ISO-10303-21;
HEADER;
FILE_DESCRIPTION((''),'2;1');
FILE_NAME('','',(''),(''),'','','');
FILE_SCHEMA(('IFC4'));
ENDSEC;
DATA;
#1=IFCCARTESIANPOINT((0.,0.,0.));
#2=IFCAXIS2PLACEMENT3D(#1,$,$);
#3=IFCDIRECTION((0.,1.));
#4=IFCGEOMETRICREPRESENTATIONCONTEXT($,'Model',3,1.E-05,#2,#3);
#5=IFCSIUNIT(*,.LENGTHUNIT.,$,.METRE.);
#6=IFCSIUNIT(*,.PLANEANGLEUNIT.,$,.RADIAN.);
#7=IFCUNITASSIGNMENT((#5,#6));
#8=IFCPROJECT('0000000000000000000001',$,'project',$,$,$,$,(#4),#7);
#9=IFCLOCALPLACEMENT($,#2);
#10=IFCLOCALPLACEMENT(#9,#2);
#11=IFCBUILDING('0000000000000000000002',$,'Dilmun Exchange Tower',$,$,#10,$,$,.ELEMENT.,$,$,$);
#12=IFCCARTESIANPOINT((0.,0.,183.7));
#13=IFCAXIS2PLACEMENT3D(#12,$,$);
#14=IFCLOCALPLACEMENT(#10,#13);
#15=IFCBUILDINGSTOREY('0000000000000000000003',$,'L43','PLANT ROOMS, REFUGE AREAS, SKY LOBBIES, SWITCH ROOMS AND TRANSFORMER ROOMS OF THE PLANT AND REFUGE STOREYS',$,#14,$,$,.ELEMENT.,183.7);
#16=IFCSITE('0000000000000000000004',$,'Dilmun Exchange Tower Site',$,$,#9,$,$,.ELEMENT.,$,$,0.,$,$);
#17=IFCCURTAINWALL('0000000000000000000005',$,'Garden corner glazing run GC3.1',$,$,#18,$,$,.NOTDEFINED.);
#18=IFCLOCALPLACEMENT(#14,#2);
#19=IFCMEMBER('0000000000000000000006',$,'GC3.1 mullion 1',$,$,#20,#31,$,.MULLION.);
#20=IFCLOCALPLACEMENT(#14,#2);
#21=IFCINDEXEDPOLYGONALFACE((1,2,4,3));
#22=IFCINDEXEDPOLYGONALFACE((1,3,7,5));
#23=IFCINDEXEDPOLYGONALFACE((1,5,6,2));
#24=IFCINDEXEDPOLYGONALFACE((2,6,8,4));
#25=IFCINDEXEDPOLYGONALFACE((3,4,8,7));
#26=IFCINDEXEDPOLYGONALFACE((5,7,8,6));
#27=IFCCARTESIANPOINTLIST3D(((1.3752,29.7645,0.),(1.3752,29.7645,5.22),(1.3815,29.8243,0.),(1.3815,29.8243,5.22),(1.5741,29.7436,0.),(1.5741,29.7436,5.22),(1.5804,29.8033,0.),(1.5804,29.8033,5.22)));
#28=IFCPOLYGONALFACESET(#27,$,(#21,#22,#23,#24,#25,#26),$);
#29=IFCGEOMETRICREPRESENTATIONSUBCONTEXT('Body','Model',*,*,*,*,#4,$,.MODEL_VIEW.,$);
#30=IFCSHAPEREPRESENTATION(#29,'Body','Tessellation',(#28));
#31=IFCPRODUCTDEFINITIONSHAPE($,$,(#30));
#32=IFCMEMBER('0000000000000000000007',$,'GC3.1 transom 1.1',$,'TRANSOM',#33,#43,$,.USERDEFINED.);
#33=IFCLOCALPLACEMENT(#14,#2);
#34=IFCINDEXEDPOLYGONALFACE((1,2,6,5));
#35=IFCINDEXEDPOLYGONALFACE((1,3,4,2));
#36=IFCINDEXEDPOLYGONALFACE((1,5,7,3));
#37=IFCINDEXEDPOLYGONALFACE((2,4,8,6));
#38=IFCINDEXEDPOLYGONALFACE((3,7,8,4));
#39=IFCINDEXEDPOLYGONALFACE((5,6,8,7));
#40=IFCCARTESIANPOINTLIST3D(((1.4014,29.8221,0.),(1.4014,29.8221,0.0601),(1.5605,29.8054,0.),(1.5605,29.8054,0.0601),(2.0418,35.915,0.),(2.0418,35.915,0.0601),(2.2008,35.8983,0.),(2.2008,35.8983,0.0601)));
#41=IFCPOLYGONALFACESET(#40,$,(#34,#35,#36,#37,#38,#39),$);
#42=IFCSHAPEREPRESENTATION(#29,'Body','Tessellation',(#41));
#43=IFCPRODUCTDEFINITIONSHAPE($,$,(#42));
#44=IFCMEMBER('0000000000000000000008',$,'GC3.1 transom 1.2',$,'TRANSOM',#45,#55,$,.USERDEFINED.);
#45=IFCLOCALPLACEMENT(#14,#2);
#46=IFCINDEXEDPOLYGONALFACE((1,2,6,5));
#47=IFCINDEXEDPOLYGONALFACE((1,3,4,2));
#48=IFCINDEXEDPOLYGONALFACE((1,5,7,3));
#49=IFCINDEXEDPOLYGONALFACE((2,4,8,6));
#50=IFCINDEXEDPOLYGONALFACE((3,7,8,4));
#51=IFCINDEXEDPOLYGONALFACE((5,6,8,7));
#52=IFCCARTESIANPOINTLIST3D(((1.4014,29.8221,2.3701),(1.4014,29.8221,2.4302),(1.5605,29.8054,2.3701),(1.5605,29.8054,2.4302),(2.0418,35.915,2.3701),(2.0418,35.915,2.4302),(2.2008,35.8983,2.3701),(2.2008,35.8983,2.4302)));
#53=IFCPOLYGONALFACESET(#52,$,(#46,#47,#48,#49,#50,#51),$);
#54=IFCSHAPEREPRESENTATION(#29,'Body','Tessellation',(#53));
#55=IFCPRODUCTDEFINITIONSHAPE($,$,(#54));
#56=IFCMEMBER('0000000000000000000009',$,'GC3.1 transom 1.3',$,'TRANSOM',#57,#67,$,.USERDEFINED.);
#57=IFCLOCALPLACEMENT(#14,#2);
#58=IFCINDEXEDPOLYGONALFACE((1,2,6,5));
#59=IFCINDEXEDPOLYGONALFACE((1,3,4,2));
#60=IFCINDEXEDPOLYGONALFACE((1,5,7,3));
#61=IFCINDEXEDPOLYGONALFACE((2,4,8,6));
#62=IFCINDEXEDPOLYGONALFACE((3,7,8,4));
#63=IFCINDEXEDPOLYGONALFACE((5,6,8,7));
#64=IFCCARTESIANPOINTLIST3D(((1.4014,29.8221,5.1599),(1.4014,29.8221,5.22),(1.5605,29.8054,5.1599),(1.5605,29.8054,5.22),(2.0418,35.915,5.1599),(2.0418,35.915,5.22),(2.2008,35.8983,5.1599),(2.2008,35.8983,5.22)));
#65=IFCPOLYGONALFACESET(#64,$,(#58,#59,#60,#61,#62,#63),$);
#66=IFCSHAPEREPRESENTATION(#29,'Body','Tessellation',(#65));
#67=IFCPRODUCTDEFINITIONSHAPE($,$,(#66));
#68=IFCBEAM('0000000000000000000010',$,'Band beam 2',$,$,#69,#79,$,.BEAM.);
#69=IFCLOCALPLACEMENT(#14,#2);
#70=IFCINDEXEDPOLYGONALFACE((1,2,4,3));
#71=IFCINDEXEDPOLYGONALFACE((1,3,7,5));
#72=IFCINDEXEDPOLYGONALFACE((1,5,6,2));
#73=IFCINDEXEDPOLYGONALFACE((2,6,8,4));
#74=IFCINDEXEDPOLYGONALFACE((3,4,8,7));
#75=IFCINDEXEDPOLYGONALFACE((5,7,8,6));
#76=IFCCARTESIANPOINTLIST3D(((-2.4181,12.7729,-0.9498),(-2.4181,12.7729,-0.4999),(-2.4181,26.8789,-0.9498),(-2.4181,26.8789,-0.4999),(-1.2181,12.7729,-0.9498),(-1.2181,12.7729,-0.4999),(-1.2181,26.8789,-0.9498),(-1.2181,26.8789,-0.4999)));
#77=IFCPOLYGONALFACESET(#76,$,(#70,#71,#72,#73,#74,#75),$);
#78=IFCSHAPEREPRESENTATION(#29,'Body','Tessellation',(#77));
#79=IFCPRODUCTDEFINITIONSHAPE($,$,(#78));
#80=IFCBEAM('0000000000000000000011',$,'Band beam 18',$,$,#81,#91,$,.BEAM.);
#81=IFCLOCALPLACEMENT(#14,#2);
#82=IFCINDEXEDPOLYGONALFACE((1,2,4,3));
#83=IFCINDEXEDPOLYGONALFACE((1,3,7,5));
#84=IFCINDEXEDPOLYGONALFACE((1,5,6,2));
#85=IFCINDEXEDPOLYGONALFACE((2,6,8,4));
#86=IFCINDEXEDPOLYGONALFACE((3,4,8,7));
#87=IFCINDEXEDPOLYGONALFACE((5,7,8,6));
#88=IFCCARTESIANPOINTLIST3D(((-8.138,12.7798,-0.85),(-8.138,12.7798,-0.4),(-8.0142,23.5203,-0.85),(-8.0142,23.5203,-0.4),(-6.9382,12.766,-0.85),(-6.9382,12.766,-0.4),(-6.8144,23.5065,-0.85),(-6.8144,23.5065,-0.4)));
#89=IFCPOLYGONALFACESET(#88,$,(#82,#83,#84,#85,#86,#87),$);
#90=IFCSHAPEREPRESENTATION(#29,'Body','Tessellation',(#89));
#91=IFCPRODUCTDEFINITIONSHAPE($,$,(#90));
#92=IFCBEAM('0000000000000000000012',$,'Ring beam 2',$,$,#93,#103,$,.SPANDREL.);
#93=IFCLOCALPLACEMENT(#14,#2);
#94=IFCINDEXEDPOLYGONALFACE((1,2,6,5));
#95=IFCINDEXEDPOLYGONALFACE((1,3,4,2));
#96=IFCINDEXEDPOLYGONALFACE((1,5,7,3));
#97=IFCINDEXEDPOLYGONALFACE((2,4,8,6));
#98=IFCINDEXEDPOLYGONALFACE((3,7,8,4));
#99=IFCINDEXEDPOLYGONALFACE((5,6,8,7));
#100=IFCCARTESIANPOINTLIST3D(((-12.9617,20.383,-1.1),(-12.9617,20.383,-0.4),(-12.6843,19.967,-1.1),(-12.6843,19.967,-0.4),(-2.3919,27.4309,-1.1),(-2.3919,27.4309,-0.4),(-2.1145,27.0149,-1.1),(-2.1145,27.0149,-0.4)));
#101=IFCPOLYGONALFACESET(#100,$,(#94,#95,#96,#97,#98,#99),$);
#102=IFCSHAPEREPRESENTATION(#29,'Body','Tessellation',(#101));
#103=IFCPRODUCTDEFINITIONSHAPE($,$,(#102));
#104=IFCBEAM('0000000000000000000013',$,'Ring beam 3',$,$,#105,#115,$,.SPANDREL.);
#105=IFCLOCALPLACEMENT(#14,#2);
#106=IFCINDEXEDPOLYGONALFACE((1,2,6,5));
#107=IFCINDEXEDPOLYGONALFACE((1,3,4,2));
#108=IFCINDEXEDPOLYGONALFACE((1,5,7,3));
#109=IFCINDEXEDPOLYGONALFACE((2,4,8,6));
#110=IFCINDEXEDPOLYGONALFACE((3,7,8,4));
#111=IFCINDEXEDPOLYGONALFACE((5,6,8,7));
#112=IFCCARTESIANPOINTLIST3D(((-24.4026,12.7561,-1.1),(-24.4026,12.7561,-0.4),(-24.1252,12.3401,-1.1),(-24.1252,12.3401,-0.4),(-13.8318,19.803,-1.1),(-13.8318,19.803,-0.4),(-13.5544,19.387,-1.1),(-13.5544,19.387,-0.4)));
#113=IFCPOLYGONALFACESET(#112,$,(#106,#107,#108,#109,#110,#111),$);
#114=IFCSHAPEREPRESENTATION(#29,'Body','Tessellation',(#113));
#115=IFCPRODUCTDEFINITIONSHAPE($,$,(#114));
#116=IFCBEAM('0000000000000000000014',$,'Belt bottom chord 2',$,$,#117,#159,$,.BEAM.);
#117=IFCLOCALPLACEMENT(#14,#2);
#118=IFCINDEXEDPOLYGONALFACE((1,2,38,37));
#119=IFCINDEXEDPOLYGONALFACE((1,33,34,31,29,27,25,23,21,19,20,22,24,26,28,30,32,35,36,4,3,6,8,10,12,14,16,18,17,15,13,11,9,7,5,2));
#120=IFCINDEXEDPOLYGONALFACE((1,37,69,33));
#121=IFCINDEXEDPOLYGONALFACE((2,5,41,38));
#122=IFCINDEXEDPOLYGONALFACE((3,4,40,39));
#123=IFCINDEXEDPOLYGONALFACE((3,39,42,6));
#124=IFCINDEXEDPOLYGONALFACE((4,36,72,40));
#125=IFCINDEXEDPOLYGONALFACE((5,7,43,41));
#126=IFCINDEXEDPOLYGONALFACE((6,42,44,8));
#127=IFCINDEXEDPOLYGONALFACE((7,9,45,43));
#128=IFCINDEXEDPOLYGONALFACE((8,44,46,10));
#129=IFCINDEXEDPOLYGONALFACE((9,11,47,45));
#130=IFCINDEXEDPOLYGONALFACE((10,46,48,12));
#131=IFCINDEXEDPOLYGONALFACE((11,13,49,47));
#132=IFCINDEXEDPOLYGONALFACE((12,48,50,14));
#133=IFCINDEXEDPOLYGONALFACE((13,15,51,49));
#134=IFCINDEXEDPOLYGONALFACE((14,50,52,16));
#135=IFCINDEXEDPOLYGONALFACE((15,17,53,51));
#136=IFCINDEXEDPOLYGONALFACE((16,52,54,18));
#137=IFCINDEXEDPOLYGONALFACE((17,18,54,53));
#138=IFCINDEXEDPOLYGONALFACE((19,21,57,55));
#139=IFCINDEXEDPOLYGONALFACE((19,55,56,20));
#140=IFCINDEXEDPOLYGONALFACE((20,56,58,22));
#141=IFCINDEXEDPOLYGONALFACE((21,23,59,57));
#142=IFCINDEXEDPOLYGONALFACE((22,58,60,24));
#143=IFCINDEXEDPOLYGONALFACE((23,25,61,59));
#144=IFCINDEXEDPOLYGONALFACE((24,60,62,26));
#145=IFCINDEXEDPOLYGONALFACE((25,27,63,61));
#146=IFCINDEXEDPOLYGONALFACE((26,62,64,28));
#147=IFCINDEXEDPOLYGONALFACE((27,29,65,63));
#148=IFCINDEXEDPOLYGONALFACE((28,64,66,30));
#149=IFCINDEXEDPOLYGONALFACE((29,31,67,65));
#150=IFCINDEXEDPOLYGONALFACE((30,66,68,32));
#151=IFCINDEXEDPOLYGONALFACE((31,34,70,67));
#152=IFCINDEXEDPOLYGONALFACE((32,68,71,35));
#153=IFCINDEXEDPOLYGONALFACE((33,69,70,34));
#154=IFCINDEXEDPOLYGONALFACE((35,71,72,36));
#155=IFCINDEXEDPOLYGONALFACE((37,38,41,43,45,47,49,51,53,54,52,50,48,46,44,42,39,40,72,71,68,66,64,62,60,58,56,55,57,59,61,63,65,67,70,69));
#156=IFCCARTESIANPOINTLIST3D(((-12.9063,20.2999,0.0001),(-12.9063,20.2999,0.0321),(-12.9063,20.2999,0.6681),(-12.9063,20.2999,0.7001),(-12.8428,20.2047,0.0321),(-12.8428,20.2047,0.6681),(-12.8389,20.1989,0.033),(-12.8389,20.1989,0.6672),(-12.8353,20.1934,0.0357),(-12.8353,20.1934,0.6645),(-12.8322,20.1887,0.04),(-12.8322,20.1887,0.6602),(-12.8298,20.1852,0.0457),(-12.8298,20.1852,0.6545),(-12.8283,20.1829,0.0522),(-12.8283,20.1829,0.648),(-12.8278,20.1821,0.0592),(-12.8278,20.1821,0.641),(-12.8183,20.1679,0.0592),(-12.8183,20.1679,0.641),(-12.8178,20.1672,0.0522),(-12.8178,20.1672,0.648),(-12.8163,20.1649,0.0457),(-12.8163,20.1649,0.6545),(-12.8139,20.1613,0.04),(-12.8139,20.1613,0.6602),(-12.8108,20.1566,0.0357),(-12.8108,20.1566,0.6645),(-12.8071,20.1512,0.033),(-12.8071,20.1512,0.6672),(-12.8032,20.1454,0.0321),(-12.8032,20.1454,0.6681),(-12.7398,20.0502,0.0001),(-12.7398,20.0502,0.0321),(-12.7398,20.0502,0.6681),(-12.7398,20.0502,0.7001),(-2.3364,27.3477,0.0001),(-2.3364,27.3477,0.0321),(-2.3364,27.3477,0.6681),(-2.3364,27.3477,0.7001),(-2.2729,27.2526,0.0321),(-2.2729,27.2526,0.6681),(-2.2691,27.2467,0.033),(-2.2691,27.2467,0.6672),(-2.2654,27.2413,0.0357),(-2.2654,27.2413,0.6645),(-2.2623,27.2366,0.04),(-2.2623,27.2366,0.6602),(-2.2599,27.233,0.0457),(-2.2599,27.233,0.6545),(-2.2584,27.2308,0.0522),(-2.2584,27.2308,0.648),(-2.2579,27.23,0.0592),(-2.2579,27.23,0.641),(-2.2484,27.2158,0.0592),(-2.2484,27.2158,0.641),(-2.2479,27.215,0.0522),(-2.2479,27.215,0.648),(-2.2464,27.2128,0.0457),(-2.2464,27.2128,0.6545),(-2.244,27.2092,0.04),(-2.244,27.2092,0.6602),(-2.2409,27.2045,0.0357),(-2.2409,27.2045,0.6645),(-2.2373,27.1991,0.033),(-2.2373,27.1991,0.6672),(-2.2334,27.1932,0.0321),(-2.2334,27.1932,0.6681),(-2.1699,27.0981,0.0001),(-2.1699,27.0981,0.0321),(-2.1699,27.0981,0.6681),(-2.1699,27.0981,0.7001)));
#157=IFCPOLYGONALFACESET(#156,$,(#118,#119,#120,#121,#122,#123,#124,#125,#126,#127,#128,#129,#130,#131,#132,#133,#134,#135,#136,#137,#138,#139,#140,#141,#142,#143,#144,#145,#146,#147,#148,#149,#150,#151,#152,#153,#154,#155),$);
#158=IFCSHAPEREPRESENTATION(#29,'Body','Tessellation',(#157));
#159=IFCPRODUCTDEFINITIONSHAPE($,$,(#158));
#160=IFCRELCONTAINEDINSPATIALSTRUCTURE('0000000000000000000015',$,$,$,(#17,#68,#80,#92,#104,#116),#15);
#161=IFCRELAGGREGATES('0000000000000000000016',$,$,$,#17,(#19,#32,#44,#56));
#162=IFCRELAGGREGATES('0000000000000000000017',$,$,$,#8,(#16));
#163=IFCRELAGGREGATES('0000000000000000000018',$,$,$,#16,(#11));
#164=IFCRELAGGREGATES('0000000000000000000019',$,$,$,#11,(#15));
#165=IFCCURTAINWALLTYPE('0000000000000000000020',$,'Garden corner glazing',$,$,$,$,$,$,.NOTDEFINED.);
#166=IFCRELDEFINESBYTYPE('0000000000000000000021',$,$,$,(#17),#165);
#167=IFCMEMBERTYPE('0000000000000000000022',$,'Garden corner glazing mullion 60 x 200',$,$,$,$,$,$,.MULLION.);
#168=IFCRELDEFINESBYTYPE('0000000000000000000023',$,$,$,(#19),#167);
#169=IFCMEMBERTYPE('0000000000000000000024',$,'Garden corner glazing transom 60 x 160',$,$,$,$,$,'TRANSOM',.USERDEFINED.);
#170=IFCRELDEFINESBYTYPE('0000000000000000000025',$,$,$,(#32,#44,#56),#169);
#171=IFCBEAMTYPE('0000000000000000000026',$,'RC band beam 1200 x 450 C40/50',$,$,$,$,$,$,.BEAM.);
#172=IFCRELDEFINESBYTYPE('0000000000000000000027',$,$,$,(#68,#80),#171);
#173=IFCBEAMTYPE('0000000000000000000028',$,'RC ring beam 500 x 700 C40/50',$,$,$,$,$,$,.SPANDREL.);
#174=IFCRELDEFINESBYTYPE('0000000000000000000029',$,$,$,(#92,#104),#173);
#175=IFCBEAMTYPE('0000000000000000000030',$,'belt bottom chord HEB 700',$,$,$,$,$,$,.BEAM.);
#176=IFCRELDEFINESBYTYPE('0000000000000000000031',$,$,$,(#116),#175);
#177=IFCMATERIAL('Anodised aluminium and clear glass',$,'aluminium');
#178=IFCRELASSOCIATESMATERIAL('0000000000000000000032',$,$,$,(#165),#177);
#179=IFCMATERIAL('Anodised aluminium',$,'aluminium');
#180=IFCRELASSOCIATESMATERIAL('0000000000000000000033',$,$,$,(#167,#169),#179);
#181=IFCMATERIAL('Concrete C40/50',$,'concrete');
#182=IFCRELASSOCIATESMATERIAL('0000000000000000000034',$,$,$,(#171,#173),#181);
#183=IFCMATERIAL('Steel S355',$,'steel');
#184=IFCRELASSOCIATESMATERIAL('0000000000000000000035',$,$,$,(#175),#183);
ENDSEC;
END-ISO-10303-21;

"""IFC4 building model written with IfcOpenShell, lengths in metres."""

from ifc_helpers import new_model, si_unit, direction, frame, origin, origin_2d, place, context, subcontext, project, spatial, rectangle, i_section, extrude, material, material_profile, profile_set, type_object, element, aggregate, save


model = new_model("IFC4")

# Units and contexts
model_context = context("Model", 3, precision=1e-05, world=origin(), true_north=direction((0.0, 1.0)))
body_context = subcontext(model_context, "Body", "Model", "MODEL_VIEW")
ifc_project = project(units=[si_unit("LENGTHUNIT", "METRE"), si_unit("PLANEANGLEUNIT", "RADIAN")], contexts=[model_context])

# Site, building, storey
site_placement = place(None, origin())
site = spatial("IfcSite", under=ifc_project, at=site_placement, Name="Dilmun Exchange Tower Site", CompositionType="ELEMENT", RefElevation=0.0)
building_placement = place(site_placement, origin())
building = spatial("IfcBuilding", under=site, at=building_placement, Name="Dilmun Exchange Tower", CompositionType="ELEMENT")
storey_placement = place(building_placement, frame((0.0, 0.0, 183.7)))
storey = spatial("IfcBuildingStorey", under=building, at=storey_placement, Name="L43", Description="PLANT ROOMS, REFUGE AREAS, SKY LOBBIES, SWITCH ROOMS AND TRANSFORMER ROOMS OF THE PLANT AND REFUGE STOREYS", CompositionType="ELEMENT", Elevation=183.7)

# Curtain wall, members
ifc_material_1 = material(Name="Anodised aluminium and clear glass", Category="aluminium")
curtain_wall_type = type_object("IfcCurtainWallType", Name="Garden corner glazing", PredefinedType="NOTDEFINED", material=ifc_material_1)
curtain_wall_placement = place(storey_placement, origin())
curtain_wall = element("IfcCurtainWall", 1, at=curtain_wall_placement, inside=storey, type_object=curtain_wall_type, Name="Garden corner glazing run GC3.1", PredefinedType="NOTDEFINED")
ifc_material_2 = material(Name="Anodised aluminium", Category="aluminium")
ifc_material_profile_1 = material_profile(ifc_material_2, rectangle(XDim=0.2, YDim=0.0601, at=origin_2d()), Name="AL 60x200")
ifc_profile_set_1 = profile_set([ifc_material_profile_1], Name="Anodised aluminium")
member_type_1 = type_object("IfcMemberType", Name="Garden corner glazing mullion 60 x 200", PredefinedType="MULLION", material=ifc_profile_set_1)
member_1_placement = place(storey_placement, frame((1.4778, 29.7839, 0.0), z_axis=(0.0, 0.0, 1.0), x_axis=(-0.994521, 0.104538, 0.0)))
member_1 = element("IfcMember", 2, at=member_1_placement, type_object=member_type_1, Name="GC3.1 mullion 1", PredefinedType="MULLION", context=body_context, shape_type="SweptSolid", body=[
    extrude(rectangle(XDim=0.2, YDim=0.0601, at=origin_2d()), origin(), (0.0, 0.0, 1.0), 5.22),
])
ifc_material_profile_2 = material_profile(ifc_material_2, rectangle(XDim=0.1599, YDim=0.0601, at=origin_2d()), Name="AL 60x160")
ifc_profile_set_2 = profile_set([ifc_material_profile_2], Name="Anodised aluminium")
member_type_2 = type_object("IfcMemberType", Name="Garden corner glazing transom 60 x 160", ElementType="TRANSOM", PredefinedType="USERDEFINED", material=ifc_profile_set_2)
member_2_placement = place(storey_placement, frame((1.481, 29.8137, 0.03), z_axis=(0.104525, 0.994522, 0.0), x_axis=(-0.994522, 0.104525, 0.0)))
member_2 = element("IfcMember", 3, at=member_2_placement, type_object=member_type_2, Name="GC3.1 transom 1.1", ObjectType="TRANSOM", PredefinedType="USERDEFINED", context=body_context, shape_type="SweptSolid", body=[
    extrude(rectangle(XDim=0.1599, YDim=0.0601, at=origin_2d()), origin(), (0.0, 0.0, 1.0), 6.1265),
])
member_3_placement = place(storey_placement, frame((1.481, 29.8137, 2.4001), z_axis=(0.104525, 0.994522, 0.0), x_axis=(-0.994522, 0.104525, 0.0)))
member_3 = element("IfcMember", 4, at=member_3_placement, type_object=member_type_2, Name="GC3.1 transom 1.2", ObjectType="TRANSOM", PredefinedType="USERDEFINED", context=body_context, shape_type="SweptSolid", body=[
    extrude(rectangle(XDim=0.1599, YDim=0.0601, at=origin_2d()), origin(), (0.0, 0.0, 1.0), 6.1265),
])
member_4_placement = place(storey_placement, frame((1.481, 29.8137, 5.1899), z_axis=(0.104525, 0.994522, 0.0), x_axis=(-0.994522, 0.104525, 0.0)))
member_4 = element("IfcMember", 5, at=member_4_placement, type_object=member_type_2, Name="GC3.1 transom 1.3", ObjectType="TRANSOM", PredefinedType="USERDEFINED", context=body_context, shape_type="SweptSolid", body=[
    extrude(rectangle(XDim=0.1599, YDim=0.0601, at=origin_2d()), origin(), (0.0, 0.0, 1.0), 6.1265),
])
aggregate(curtain_wall, [member_1, member_2, member_3, member_4])

# Beams
ifc_material_3 = material(Name="Concrete C40/50", Category="concrete")
ifc_material_profile_3 = material_profile(ifc_material_3, rectangle(XDim=1.2, YDim=0.45, at=origin_2d()), Name="1200 x 450")
ifc_profile_set_3 = profile_set([ifc_material_profile_3], Name="Concrete C40/50")
beam_type_1 = type_object("IfcBeamType", Name="RC band beam 1200 x 450 C40/50", PredefinedType="BEAM", material=ifc_profile_set_3)
beam_1_placement = place(storey_placement, frame((-1.8181, 26.8789, -0.7249), z_axis=(0.0, -1.0, 0.0), x_axis=(1.0, 0.0, 0.0)))
element("IfcBeam", 6, at=beam_1_placement, inside=storey, type_object=beam_type_1, Name="Band beam 2", PredefinedType="BEAM", context=body_context, shape_type="SweptSolid", body=[
    extrude(rectangle(XDim=1.2, YDim=0.45, at=origin_2d()), origin(), (0.0, 0.0, 1.0), 14.106),
])
beam_2_placement = place(storey_placement, frame((-7.4143, 23.5134, -0.625), z_axis=(-0.011524, -0.999934, 0.0), x_axis=(0.999934, -0.011524, 0.0)))
element("IfcBeam", 7, at=beam_2_placement, inside=storey, type_object=beam_type_1, Name="Band beam 18", PredefinedType="BEAM", context=body_context, shape_type="SweptSolid", body=[
    extrude(rectangle(XDim=1.2, YDim=0.45, at=origin_2d()), origin(), (0.0, 0.0, 1.0), 10.7412),
])
ifc_material_profile_4 = material_profile(ifc_material_3, rectangle(XDim=0.5, YDim=0.7, at=origin_2d()), Name="500 x 700")
ifc_profile_set_4 = profile_set([ifc_material_profile_4], Name="Concrete C40/50")
beam_type_2 = type_object("IfcBeamType", Name="RC ring beam 500 x 700 C40/50", PredefinedType="SPANDREL", material=ifc_profile_set_4)
beam_3_placement = place(storey_placement, frame((-2.2532, 27.2229, -0.75), z_axis=(-0.832003, -0.554771, 0.0), x_axis=(0.554771, -0.832003, 0.0)))
element("IfcBeam", 8, at=beam_3_placement, inside=storey, type_object=beam_type_2, Name="Ring beam 2", PredefinedType="SPANDREL", context=body_context, shape_type="SweptSolid", body=[
    extrude(rectangle(XDim=0.5, YDim=0.7, at=origin_2d()), origin(), (0.0, 0.0, 1.0), 12.7041),
])
beam_4_placement = place(storey_placement, frame((-13.6931, 19.595, -0.75), z_axis=(-0.832062, -0.554682, 0.0), x_axis=(0.554682, -0.832062, 0.0)))
element("IfcBeam", 9, at=beam_4_placement, inside=storey, type_object=beam_type_2, Name="Ring beam 3", PredefinedType="SPANDREL", context=body_context, shape_type="SweptSolid", body=[
    extrude(rectangle(XDim=0.5, YDim=0.7, at=origin_2d()), origin(), (0.0, 0.0, 1.0), 12.7043),
])
ifc_material_4 = material(Name="Steel S355", Category="steel")
ifc_material_profile_5 = material_profile(ifc_material_4, i_section(OverallWidth=0.3, OverallDepth=0.7, WebThickness=0.0171, FlangeThickness=0.032, FilletRadius=0.0271, at=origin_2d()), Name="HEB 700")
ifc_profile_set_5 = profile_set([ifc_material_profile_5], Name="Steel S355")
beam_type_3 = type_object("IfcBeamType", Name="belt bottom chord HEB 700", PredefinedType="BEAM", material=ifc_profile_set_5)
beam_5_placement = place(storey_placement, frame((-2.2532, 27.2229, 0.3501), z_axis=(-0.832003, -0.554771, 0.0), x_axis=(0.554771, -0.832003, 0.0)))
element("IfcBeam", 10, at=beam_5_placement, inside=storey, type_object=beam_type_3, Name="Belt bottom chord 2", PredefinedType="BEAM", context=body_context, shape_type="SweptSolid", body=[
    extrude(i_section(OverallWidth=0.3, OverallDepth=0.7, WebThickness=0.0171, FlangeThickness=0.032, FilletRadius=0.0271, at=origin_2d()), origin(), (0.0, 0.0, 1.0), 12.7041),
])

save(model, "model.ifc")
